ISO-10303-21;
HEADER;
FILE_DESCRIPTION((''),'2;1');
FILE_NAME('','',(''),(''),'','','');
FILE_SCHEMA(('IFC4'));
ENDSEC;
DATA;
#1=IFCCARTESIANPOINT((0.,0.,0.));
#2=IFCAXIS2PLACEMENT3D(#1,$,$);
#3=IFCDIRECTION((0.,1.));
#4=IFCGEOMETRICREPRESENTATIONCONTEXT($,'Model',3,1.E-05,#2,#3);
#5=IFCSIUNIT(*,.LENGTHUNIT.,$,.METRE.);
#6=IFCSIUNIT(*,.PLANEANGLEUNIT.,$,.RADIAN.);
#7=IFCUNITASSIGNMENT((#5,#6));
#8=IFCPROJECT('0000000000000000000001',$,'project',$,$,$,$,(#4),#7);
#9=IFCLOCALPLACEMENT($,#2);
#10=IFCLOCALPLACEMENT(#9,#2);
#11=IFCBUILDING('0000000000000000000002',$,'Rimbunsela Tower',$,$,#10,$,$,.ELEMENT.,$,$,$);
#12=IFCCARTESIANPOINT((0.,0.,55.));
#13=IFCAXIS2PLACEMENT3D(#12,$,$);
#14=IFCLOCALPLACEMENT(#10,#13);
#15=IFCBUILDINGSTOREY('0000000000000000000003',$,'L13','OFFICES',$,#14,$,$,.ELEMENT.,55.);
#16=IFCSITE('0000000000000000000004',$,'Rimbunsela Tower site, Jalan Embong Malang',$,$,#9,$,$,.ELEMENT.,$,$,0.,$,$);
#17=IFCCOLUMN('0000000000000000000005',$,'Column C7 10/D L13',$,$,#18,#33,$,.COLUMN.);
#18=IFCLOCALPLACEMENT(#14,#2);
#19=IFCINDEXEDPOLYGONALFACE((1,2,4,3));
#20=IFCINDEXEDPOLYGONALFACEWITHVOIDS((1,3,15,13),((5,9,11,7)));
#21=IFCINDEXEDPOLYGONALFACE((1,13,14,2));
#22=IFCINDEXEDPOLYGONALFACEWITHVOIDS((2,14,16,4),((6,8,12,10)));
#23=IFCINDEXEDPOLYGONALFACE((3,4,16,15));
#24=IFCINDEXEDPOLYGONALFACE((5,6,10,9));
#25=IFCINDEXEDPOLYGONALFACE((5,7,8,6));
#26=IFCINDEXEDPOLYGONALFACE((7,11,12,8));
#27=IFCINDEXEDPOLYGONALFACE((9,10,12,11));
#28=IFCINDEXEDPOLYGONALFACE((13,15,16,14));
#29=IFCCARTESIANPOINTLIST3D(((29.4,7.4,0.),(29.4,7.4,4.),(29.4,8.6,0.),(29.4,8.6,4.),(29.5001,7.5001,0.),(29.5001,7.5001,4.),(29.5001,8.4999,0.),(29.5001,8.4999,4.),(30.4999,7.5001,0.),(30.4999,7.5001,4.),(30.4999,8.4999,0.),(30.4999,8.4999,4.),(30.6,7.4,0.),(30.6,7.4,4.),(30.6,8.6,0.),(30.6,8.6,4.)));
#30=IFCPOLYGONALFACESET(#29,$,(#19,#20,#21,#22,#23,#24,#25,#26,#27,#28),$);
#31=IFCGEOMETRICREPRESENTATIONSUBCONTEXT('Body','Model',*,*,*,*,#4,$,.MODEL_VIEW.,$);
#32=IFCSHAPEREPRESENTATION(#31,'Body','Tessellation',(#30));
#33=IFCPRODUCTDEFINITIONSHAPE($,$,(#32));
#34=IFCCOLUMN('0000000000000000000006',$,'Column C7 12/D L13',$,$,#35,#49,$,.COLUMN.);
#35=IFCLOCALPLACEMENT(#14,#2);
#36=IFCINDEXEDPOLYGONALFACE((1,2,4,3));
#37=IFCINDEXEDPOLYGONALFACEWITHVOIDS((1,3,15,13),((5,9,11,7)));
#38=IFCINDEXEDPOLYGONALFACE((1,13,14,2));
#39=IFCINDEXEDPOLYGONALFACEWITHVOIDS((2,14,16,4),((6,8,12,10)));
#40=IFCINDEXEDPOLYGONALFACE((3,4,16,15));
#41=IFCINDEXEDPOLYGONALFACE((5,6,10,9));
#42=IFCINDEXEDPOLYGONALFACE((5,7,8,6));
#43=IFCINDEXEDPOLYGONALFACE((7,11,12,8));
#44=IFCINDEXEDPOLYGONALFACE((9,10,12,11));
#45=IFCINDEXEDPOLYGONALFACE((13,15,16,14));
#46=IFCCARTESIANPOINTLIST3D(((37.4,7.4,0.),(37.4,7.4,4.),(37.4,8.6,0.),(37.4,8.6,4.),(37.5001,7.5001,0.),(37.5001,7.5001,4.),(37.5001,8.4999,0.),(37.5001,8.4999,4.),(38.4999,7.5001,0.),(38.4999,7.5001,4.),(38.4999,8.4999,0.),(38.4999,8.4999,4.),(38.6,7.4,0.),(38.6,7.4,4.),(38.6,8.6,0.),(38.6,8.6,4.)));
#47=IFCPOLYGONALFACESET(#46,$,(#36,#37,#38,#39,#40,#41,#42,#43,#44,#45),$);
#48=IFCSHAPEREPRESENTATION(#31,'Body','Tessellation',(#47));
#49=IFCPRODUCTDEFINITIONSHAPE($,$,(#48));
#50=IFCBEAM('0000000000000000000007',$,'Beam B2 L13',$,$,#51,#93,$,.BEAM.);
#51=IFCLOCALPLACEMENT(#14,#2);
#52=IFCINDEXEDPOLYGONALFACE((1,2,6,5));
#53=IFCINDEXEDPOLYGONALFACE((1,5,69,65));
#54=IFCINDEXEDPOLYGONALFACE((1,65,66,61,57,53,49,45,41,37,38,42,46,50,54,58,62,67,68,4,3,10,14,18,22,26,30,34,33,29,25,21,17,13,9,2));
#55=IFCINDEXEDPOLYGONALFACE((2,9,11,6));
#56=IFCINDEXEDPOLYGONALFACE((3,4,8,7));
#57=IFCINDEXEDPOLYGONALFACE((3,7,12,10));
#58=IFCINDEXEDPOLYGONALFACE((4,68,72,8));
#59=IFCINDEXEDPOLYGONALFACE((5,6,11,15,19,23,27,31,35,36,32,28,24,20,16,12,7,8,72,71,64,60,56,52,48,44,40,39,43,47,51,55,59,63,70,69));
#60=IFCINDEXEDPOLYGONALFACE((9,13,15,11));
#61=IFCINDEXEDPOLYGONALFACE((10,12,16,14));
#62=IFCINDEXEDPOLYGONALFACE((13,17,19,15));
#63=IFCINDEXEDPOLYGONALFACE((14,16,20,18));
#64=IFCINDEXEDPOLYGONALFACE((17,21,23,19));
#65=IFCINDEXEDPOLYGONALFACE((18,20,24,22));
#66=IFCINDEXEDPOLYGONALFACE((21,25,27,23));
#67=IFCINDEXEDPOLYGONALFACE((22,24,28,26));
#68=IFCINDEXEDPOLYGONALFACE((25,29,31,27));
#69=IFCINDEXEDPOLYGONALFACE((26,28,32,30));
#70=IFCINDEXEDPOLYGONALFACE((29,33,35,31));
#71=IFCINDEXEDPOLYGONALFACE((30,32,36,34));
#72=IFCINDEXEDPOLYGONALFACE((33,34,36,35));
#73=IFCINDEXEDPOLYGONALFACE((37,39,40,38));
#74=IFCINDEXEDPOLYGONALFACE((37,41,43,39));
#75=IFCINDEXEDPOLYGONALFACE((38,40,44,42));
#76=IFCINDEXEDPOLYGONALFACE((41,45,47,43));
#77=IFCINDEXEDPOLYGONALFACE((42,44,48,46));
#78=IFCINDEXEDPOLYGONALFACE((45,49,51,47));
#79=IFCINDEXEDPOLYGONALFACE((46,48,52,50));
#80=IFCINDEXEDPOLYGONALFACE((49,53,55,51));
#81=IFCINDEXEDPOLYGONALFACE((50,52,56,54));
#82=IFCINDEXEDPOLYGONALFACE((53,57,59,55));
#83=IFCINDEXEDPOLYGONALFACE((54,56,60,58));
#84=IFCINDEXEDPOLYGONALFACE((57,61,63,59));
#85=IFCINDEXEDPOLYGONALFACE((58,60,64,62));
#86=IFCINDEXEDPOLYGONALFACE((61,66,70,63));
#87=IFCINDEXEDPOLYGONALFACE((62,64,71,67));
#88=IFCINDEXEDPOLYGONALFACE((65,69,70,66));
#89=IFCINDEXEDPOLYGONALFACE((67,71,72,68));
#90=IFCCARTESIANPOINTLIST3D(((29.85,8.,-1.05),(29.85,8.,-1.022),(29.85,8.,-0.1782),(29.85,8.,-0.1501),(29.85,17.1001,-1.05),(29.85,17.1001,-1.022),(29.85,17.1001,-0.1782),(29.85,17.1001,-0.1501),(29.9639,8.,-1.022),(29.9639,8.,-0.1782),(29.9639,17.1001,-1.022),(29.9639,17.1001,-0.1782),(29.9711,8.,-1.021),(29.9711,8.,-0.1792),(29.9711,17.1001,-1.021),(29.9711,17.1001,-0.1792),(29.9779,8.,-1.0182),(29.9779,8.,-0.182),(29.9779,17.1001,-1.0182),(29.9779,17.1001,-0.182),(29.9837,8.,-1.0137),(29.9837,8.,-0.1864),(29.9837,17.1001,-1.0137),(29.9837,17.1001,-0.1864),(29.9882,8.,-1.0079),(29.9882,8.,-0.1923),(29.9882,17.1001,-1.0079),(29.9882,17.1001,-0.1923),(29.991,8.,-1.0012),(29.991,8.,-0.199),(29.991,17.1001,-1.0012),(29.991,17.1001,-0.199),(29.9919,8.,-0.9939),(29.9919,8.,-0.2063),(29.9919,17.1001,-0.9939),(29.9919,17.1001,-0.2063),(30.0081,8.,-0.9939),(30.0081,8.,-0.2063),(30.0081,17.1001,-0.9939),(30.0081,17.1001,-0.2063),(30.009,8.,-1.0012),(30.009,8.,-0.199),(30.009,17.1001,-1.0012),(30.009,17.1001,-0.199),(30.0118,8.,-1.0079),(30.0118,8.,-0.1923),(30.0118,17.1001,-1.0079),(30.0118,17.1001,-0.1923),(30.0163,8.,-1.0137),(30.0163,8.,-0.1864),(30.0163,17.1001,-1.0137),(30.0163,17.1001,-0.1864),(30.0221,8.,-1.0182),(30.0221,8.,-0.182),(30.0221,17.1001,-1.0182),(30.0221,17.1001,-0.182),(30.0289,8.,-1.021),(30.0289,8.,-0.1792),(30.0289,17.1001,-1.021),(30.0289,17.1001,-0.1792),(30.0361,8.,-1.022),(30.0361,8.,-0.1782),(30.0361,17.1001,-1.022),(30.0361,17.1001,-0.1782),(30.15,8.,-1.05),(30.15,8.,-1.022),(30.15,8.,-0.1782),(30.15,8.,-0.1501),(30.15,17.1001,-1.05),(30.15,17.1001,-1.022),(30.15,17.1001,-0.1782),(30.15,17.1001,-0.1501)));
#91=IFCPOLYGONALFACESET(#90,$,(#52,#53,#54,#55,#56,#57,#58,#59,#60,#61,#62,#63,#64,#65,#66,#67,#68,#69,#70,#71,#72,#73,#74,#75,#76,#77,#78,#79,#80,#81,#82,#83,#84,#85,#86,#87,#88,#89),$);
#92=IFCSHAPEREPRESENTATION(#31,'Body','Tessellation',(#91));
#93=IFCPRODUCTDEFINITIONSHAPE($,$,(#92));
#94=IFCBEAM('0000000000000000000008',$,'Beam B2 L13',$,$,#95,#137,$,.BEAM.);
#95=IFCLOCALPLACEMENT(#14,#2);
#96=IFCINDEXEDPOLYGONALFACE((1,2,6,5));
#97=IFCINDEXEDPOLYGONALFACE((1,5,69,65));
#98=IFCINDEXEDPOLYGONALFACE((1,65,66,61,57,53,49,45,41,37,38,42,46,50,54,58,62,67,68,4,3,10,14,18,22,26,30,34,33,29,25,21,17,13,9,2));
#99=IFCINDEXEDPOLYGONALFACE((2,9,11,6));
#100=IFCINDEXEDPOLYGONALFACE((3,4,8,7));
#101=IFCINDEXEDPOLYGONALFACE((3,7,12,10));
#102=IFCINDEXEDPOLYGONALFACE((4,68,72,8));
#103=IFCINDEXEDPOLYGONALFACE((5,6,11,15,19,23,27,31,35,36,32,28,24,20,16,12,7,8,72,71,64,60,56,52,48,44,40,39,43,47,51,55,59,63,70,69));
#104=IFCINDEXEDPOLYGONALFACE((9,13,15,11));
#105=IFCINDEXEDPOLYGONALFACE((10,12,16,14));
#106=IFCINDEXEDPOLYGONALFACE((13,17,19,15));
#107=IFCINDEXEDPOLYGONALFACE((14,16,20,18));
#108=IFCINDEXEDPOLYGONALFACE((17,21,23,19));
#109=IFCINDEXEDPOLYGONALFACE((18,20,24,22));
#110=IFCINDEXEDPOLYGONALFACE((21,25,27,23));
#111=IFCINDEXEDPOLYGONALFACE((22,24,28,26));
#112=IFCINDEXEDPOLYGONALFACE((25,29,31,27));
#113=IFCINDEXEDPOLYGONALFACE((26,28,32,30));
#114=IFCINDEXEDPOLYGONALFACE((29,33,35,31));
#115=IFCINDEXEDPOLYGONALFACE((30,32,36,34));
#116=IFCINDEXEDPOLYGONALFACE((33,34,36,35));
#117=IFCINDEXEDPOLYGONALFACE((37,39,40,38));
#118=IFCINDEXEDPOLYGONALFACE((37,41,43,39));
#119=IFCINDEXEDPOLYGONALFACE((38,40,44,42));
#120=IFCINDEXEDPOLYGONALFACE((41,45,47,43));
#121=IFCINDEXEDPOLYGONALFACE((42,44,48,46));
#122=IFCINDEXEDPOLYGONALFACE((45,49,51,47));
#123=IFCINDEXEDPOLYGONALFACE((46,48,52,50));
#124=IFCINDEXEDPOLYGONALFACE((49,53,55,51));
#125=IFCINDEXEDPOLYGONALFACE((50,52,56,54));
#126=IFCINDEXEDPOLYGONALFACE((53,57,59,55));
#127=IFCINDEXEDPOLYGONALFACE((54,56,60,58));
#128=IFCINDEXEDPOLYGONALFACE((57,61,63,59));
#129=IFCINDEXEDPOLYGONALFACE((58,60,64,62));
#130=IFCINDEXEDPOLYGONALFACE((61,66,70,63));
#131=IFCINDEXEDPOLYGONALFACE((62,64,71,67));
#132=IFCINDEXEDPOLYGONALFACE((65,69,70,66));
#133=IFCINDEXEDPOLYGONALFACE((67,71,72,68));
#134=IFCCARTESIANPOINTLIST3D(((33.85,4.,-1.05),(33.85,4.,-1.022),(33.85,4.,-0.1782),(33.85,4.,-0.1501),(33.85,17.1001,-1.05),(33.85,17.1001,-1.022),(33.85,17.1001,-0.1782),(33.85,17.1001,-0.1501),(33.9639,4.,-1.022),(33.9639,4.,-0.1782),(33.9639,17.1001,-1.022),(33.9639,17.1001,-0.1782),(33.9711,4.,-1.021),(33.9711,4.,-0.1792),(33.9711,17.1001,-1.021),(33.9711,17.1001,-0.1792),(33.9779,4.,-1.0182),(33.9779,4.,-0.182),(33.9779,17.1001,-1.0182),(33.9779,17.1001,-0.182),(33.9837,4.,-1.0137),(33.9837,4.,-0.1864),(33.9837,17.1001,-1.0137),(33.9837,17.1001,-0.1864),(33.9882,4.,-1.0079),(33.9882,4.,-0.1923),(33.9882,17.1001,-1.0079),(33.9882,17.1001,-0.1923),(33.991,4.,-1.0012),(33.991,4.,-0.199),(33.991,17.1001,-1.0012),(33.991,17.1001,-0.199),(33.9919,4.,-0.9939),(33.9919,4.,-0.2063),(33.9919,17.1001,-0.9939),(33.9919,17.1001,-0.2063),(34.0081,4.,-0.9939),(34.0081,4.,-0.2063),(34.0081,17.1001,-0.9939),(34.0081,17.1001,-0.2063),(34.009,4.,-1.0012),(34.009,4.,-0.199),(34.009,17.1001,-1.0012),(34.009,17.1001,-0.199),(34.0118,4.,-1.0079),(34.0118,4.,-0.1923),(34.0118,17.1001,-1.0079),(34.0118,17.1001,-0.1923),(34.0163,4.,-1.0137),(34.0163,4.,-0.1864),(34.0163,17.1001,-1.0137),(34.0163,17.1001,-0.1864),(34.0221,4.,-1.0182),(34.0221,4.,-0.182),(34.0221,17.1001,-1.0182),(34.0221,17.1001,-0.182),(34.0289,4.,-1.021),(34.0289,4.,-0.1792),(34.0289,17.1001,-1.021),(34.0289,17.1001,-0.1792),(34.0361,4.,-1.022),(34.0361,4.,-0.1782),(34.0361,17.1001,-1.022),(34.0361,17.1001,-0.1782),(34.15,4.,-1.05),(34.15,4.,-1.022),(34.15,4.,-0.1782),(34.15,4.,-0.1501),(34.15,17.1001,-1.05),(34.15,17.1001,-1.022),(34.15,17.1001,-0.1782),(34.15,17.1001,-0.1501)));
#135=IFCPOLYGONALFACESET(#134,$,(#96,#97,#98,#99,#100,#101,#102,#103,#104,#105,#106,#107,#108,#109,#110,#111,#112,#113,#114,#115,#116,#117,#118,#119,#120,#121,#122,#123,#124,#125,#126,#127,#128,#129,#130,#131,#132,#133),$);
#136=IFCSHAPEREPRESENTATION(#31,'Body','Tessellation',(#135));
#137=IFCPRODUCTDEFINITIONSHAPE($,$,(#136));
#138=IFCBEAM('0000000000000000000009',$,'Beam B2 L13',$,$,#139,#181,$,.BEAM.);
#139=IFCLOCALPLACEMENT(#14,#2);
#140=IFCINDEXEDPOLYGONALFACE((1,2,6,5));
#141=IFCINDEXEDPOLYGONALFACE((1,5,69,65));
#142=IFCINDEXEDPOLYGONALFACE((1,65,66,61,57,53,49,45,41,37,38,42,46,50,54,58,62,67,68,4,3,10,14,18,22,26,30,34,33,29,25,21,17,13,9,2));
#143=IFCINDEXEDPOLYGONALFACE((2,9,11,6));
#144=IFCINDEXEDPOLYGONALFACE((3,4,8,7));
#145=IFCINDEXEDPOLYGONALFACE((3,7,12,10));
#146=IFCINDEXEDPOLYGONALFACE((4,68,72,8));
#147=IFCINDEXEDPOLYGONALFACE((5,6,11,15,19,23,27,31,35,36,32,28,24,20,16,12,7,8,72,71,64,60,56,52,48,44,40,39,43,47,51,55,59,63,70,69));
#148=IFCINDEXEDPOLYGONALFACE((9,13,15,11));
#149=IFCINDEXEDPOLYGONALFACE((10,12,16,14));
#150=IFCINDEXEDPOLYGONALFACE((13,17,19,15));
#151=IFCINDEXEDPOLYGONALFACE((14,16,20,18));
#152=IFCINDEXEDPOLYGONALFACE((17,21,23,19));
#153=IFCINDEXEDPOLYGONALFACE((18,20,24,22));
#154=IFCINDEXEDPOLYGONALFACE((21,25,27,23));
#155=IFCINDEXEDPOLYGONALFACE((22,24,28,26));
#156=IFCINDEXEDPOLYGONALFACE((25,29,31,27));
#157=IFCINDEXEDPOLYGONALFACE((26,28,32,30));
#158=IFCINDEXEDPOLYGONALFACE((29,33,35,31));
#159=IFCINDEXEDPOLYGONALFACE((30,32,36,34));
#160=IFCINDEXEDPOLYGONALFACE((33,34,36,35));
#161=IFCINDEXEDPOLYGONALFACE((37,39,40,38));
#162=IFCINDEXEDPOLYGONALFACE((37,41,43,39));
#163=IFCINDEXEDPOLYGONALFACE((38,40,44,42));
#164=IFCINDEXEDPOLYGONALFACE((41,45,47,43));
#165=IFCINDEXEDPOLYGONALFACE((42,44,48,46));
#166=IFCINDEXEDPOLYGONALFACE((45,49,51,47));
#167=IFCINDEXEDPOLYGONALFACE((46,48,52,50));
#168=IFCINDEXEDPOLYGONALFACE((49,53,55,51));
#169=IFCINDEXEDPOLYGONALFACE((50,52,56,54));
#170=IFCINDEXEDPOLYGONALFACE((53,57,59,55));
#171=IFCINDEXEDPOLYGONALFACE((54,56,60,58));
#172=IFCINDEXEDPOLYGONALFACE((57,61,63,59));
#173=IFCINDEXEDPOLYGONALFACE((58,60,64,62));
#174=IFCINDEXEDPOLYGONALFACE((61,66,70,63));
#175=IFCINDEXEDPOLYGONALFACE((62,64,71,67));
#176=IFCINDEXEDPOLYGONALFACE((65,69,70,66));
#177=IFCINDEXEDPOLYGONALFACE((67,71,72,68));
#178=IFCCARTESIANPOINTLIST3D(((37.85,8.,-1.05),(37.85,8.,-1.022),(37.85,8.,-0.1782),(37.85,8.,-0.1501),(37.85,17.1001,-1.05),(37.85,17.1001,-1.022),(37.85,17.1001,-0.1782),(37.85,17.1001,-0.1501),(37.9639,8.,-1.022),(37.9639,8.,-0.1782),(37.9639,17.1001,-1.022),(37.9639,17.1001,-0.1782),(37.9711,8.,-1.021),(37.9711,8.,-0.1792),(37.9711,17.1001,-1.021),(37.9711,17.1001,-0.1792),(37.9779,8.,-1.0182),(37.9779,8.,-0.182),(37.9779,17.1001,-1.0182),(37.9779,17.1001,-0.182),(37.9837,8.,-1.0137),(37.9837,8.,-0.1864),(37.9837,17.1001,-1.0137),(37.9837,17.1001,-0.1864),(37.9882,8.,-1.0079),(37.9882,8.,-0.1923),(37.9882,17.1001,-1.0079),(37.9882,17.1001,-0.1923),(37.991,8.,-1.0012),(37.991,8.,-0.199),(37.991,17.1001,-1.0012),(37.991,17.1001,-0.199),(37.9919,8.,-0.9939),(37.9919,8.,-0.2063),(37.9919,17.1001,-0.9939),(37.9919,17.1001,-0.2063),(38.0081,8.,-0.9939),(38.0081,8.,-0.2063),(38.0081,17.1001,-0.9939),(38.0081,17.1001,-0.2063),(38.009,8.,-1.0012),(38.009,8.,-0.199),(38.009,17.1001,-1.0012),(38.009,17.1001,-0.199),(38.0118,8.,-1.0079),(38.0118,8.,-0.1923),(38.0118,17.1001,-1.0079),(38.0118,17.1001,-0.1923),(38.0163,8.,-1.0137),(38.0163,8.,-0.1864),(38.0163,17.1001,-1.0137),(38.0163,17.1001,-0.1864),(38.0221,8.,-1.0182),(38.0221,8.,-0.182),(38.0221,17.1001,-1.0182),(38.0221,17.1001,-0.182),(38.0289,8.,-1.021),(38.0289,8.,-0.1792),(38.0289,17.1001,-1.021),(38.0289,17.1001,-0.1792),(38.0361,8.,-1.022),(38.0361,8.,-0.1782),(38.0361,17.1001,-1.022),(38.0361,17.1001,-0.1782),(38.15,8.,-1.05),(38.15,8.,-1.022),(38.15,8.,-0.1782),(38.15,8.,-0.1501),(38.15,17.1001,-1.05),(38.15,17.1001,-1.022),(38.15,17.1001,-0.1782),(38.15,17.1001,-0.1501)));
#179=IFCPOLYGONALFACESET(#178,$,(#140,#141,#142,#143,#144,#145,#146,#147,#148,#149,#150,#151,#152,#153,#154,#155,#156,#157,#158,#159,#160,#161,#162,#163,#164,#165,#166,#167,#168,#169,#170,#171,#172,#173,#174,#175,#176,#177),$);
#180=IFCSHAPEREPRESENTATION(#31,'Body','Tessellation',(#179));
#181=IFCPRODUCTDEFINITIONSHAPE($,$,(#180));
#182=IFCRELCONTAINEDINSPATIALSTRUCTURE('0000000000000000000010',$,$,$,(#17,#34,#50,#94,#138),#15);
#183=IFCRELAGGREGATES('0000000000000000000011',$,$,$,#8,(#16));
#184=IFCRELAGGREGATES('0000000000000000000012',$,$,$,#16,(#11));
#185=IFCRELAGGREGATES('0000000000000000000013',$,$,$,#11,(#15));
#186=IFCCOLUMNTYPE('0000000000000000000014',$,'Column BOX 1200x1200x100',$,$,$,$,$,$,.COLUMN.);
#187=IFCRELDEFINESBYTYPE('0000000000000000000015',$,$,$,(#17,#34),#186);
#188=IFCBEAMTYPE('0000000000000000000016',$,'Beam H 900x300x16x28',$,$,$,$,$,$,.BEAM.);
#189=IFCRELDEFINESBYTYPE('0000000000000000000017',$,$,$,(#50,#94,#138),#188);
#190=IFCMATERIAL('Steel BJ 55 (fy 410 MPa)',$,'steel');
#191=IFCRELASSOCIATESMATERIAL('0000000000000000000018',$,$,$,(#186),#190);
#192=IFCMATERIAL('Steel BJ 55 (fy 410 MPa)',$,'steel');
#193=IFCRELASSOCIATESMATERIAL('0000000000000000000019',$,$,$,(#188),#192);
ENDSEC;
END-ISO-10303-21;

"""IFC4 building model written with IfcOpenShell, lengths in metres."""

from ifc_helpers import new_model, si_unit, direction, frame, origin, origin_2d, place, context, subcontext, project, spatial, hollow_rectangle, i_section, extrude, material, material_profile, profile_set, type_object, element, save


model = new_model("IFC4")

# Units and contexts
model_context = context("Model", 3, precision=1e-05, world=origin(), true_north=direction((0.0, 1.0)))
body_context = subcontext(model_context, "Body", "Model", "MODEL_VIEW")
ifc_project = project(units=[si_unit("LENGTHUNIT", "METRE"), si_unit("PLANEANGLEUNIT", "RADIAN")], contexts=[model_context])

# Site, building, storey
site_placement = place(None, origin())
site = spatial("IfcSite", under=ifc_project, at=site_placement, Name="Rimbunsela Tower site, Jalan Embong Malang", CompositionType="ELEMENT", RefElevation=0.0)
building_placement = place(site_placement, origin())
building = spatial("IfcBuilding", under=site, at=building_placement, Name="Rimbunsela Tower", CompositionType="ELEMENT")
storey_placement = place(building_placement, frame((0.0, 0.0, 55.0)))
storey = spatial("IfcBuildingStorey", under=building, at=storey_placement, Name="L13", Description="OFFICES", CompositionType="ELEMENT", Elevation=55.0)

# Columns
ifc_material_1 = material(Name="Steel BJ 55 (fy 410 MPa)", Category="steel")
ifc_material_profile_1 = material_profile(ifc_material_1, hollow_rectangle(XDim=1.2, YDim=1.2, WallThickness=0.1001, at=origin_2d()), Name="BOX 1200x1200x100")
ifc_profile_set_1 = profile_set([ifc_material_profile_1], Name="Steel BJ 55 (fy 410 MPa)")
column_type = type_object("IfcColumnType", Name="Column BOX 1200x1200x100", PredefinedType="COLUMN", material=ifc_profile_set_1)
for number, where, z_axis, x_axis, name in (
    (1, (30.0, 8.0, 0.0), (0.0, 0.0, 1.0), (1.0, 0.0, 0.0), "Column C7 10/D L13"),
    (2, (38.0, 8.0, 0.0), (0.0, 0.0, 1.0), (1.0, 0.0, 0.0), "Column C7 12/D L13"),
):
    element("IfcColumn", number, at=place(storey_placement, frame(where, z_axis=z_axis, x_axis=x_axis)), inside=storey, type_object=column_type, Name=name, PredefinedType="COLUMN", context=body_context, shape_type="SweptSolid", body=[
        extrude(hollow_rectangle(XDim=1.2, YDim=1.2, WallThickness=0.1001, at=origin_2d()), origin(), (0.0, 0.0, 1.0), 4.0),
    ])

# Beams
ifc_material_2 = material(Name="Steel BJ 55 (fy 410 MPa)", Category="steel")
ifc_material_profile_2 = material_profile(ifc_material_2, i_section(OverallWidth=0.3, OverallDepth=0.8999, WebThickness=0.0161, FlangeThickness=0.0281, FilletRadius=0.0281, at=origin_2d()), Name="H 900x300x16x28")
ifc_profile_set_2 = profile_set([ifc_material_profile_2], Name="Steel BJ 55 (fy 410 MPa)")
beam_type = type_object("IfcBeamType", Name="Beam H 900x300x16x28", PredefinedType="BEAM", material=ifc_profile_set_2)
beam_1_placement = place(storey_placement, frame((30.0, 8.0, -0.6001), z_axis=(0.0, 1.0, 0.0), x_axis=(-1.0, 0.0, 0.0)))
element("IfcBeam", 3, at=beam_1_placement, inside=storey, type_object=beam_type, Name="Beam B2 L13", PredefinedType="BEAM", context=body_context, shape_type="SweptSolid", body=[
    extrude(i_section(OverallWidth=0.3, OverallDepth=0.8999, WebThickness=0.0161, FlangeThickness=0.0281, FilletRadius=0.0281, at=origin_2d()), origin(), (0.0, 0.0, 1.0), 9.1001),
])
beam_2_placement = place(storey_placement, frame((34.0, 4.0, -0.6001), z_axis=(0.0, 1.0, 0.0), x_axis=(-1.0, 0.0, 0.0)))
element("IfcBeam", 4, at=beam_2_placement, inside=storey, type_object=beam_type, Name="Beam B2 L13", PredefinedType="BEAM", context=body_context, shape_type="SweptSolid", body=[
    extrude(i_section(OverallWidth=0.3, OverallDepth=0.8999, WebThickness=0.0161, FlangeThickness=0.0281, FilletRadius=0.0281, at=origin_2d()), origin(), (0.0, 0.0, 1.0), 13.1001),
])
beam_3_placement = place(storey_placement, frame((38.0, 8.0, -0.6001), z_axis=(0.0, 1.0, 0.0), x_axis=(-1.0, 0.0, 0.0)))
element("IfcBeam", 5, at=beam_3_placement, inside=storey, type_object=beam_type, Name="Beam B2 L13", PredefinedType="BEAM", context=body_context, shape_type="SweptSolid", body=[
    extrude(i_section(OverallWidth=0.3, OverallDepth=0.8999, WebThickness=0.0161, FlangeThickness=0.0281, FilletRadius=0.0281, at=origin_2d()), origin(), (0.0, 0.0, 1.0), 9.1001),
])

save(model, "model.ifc")
